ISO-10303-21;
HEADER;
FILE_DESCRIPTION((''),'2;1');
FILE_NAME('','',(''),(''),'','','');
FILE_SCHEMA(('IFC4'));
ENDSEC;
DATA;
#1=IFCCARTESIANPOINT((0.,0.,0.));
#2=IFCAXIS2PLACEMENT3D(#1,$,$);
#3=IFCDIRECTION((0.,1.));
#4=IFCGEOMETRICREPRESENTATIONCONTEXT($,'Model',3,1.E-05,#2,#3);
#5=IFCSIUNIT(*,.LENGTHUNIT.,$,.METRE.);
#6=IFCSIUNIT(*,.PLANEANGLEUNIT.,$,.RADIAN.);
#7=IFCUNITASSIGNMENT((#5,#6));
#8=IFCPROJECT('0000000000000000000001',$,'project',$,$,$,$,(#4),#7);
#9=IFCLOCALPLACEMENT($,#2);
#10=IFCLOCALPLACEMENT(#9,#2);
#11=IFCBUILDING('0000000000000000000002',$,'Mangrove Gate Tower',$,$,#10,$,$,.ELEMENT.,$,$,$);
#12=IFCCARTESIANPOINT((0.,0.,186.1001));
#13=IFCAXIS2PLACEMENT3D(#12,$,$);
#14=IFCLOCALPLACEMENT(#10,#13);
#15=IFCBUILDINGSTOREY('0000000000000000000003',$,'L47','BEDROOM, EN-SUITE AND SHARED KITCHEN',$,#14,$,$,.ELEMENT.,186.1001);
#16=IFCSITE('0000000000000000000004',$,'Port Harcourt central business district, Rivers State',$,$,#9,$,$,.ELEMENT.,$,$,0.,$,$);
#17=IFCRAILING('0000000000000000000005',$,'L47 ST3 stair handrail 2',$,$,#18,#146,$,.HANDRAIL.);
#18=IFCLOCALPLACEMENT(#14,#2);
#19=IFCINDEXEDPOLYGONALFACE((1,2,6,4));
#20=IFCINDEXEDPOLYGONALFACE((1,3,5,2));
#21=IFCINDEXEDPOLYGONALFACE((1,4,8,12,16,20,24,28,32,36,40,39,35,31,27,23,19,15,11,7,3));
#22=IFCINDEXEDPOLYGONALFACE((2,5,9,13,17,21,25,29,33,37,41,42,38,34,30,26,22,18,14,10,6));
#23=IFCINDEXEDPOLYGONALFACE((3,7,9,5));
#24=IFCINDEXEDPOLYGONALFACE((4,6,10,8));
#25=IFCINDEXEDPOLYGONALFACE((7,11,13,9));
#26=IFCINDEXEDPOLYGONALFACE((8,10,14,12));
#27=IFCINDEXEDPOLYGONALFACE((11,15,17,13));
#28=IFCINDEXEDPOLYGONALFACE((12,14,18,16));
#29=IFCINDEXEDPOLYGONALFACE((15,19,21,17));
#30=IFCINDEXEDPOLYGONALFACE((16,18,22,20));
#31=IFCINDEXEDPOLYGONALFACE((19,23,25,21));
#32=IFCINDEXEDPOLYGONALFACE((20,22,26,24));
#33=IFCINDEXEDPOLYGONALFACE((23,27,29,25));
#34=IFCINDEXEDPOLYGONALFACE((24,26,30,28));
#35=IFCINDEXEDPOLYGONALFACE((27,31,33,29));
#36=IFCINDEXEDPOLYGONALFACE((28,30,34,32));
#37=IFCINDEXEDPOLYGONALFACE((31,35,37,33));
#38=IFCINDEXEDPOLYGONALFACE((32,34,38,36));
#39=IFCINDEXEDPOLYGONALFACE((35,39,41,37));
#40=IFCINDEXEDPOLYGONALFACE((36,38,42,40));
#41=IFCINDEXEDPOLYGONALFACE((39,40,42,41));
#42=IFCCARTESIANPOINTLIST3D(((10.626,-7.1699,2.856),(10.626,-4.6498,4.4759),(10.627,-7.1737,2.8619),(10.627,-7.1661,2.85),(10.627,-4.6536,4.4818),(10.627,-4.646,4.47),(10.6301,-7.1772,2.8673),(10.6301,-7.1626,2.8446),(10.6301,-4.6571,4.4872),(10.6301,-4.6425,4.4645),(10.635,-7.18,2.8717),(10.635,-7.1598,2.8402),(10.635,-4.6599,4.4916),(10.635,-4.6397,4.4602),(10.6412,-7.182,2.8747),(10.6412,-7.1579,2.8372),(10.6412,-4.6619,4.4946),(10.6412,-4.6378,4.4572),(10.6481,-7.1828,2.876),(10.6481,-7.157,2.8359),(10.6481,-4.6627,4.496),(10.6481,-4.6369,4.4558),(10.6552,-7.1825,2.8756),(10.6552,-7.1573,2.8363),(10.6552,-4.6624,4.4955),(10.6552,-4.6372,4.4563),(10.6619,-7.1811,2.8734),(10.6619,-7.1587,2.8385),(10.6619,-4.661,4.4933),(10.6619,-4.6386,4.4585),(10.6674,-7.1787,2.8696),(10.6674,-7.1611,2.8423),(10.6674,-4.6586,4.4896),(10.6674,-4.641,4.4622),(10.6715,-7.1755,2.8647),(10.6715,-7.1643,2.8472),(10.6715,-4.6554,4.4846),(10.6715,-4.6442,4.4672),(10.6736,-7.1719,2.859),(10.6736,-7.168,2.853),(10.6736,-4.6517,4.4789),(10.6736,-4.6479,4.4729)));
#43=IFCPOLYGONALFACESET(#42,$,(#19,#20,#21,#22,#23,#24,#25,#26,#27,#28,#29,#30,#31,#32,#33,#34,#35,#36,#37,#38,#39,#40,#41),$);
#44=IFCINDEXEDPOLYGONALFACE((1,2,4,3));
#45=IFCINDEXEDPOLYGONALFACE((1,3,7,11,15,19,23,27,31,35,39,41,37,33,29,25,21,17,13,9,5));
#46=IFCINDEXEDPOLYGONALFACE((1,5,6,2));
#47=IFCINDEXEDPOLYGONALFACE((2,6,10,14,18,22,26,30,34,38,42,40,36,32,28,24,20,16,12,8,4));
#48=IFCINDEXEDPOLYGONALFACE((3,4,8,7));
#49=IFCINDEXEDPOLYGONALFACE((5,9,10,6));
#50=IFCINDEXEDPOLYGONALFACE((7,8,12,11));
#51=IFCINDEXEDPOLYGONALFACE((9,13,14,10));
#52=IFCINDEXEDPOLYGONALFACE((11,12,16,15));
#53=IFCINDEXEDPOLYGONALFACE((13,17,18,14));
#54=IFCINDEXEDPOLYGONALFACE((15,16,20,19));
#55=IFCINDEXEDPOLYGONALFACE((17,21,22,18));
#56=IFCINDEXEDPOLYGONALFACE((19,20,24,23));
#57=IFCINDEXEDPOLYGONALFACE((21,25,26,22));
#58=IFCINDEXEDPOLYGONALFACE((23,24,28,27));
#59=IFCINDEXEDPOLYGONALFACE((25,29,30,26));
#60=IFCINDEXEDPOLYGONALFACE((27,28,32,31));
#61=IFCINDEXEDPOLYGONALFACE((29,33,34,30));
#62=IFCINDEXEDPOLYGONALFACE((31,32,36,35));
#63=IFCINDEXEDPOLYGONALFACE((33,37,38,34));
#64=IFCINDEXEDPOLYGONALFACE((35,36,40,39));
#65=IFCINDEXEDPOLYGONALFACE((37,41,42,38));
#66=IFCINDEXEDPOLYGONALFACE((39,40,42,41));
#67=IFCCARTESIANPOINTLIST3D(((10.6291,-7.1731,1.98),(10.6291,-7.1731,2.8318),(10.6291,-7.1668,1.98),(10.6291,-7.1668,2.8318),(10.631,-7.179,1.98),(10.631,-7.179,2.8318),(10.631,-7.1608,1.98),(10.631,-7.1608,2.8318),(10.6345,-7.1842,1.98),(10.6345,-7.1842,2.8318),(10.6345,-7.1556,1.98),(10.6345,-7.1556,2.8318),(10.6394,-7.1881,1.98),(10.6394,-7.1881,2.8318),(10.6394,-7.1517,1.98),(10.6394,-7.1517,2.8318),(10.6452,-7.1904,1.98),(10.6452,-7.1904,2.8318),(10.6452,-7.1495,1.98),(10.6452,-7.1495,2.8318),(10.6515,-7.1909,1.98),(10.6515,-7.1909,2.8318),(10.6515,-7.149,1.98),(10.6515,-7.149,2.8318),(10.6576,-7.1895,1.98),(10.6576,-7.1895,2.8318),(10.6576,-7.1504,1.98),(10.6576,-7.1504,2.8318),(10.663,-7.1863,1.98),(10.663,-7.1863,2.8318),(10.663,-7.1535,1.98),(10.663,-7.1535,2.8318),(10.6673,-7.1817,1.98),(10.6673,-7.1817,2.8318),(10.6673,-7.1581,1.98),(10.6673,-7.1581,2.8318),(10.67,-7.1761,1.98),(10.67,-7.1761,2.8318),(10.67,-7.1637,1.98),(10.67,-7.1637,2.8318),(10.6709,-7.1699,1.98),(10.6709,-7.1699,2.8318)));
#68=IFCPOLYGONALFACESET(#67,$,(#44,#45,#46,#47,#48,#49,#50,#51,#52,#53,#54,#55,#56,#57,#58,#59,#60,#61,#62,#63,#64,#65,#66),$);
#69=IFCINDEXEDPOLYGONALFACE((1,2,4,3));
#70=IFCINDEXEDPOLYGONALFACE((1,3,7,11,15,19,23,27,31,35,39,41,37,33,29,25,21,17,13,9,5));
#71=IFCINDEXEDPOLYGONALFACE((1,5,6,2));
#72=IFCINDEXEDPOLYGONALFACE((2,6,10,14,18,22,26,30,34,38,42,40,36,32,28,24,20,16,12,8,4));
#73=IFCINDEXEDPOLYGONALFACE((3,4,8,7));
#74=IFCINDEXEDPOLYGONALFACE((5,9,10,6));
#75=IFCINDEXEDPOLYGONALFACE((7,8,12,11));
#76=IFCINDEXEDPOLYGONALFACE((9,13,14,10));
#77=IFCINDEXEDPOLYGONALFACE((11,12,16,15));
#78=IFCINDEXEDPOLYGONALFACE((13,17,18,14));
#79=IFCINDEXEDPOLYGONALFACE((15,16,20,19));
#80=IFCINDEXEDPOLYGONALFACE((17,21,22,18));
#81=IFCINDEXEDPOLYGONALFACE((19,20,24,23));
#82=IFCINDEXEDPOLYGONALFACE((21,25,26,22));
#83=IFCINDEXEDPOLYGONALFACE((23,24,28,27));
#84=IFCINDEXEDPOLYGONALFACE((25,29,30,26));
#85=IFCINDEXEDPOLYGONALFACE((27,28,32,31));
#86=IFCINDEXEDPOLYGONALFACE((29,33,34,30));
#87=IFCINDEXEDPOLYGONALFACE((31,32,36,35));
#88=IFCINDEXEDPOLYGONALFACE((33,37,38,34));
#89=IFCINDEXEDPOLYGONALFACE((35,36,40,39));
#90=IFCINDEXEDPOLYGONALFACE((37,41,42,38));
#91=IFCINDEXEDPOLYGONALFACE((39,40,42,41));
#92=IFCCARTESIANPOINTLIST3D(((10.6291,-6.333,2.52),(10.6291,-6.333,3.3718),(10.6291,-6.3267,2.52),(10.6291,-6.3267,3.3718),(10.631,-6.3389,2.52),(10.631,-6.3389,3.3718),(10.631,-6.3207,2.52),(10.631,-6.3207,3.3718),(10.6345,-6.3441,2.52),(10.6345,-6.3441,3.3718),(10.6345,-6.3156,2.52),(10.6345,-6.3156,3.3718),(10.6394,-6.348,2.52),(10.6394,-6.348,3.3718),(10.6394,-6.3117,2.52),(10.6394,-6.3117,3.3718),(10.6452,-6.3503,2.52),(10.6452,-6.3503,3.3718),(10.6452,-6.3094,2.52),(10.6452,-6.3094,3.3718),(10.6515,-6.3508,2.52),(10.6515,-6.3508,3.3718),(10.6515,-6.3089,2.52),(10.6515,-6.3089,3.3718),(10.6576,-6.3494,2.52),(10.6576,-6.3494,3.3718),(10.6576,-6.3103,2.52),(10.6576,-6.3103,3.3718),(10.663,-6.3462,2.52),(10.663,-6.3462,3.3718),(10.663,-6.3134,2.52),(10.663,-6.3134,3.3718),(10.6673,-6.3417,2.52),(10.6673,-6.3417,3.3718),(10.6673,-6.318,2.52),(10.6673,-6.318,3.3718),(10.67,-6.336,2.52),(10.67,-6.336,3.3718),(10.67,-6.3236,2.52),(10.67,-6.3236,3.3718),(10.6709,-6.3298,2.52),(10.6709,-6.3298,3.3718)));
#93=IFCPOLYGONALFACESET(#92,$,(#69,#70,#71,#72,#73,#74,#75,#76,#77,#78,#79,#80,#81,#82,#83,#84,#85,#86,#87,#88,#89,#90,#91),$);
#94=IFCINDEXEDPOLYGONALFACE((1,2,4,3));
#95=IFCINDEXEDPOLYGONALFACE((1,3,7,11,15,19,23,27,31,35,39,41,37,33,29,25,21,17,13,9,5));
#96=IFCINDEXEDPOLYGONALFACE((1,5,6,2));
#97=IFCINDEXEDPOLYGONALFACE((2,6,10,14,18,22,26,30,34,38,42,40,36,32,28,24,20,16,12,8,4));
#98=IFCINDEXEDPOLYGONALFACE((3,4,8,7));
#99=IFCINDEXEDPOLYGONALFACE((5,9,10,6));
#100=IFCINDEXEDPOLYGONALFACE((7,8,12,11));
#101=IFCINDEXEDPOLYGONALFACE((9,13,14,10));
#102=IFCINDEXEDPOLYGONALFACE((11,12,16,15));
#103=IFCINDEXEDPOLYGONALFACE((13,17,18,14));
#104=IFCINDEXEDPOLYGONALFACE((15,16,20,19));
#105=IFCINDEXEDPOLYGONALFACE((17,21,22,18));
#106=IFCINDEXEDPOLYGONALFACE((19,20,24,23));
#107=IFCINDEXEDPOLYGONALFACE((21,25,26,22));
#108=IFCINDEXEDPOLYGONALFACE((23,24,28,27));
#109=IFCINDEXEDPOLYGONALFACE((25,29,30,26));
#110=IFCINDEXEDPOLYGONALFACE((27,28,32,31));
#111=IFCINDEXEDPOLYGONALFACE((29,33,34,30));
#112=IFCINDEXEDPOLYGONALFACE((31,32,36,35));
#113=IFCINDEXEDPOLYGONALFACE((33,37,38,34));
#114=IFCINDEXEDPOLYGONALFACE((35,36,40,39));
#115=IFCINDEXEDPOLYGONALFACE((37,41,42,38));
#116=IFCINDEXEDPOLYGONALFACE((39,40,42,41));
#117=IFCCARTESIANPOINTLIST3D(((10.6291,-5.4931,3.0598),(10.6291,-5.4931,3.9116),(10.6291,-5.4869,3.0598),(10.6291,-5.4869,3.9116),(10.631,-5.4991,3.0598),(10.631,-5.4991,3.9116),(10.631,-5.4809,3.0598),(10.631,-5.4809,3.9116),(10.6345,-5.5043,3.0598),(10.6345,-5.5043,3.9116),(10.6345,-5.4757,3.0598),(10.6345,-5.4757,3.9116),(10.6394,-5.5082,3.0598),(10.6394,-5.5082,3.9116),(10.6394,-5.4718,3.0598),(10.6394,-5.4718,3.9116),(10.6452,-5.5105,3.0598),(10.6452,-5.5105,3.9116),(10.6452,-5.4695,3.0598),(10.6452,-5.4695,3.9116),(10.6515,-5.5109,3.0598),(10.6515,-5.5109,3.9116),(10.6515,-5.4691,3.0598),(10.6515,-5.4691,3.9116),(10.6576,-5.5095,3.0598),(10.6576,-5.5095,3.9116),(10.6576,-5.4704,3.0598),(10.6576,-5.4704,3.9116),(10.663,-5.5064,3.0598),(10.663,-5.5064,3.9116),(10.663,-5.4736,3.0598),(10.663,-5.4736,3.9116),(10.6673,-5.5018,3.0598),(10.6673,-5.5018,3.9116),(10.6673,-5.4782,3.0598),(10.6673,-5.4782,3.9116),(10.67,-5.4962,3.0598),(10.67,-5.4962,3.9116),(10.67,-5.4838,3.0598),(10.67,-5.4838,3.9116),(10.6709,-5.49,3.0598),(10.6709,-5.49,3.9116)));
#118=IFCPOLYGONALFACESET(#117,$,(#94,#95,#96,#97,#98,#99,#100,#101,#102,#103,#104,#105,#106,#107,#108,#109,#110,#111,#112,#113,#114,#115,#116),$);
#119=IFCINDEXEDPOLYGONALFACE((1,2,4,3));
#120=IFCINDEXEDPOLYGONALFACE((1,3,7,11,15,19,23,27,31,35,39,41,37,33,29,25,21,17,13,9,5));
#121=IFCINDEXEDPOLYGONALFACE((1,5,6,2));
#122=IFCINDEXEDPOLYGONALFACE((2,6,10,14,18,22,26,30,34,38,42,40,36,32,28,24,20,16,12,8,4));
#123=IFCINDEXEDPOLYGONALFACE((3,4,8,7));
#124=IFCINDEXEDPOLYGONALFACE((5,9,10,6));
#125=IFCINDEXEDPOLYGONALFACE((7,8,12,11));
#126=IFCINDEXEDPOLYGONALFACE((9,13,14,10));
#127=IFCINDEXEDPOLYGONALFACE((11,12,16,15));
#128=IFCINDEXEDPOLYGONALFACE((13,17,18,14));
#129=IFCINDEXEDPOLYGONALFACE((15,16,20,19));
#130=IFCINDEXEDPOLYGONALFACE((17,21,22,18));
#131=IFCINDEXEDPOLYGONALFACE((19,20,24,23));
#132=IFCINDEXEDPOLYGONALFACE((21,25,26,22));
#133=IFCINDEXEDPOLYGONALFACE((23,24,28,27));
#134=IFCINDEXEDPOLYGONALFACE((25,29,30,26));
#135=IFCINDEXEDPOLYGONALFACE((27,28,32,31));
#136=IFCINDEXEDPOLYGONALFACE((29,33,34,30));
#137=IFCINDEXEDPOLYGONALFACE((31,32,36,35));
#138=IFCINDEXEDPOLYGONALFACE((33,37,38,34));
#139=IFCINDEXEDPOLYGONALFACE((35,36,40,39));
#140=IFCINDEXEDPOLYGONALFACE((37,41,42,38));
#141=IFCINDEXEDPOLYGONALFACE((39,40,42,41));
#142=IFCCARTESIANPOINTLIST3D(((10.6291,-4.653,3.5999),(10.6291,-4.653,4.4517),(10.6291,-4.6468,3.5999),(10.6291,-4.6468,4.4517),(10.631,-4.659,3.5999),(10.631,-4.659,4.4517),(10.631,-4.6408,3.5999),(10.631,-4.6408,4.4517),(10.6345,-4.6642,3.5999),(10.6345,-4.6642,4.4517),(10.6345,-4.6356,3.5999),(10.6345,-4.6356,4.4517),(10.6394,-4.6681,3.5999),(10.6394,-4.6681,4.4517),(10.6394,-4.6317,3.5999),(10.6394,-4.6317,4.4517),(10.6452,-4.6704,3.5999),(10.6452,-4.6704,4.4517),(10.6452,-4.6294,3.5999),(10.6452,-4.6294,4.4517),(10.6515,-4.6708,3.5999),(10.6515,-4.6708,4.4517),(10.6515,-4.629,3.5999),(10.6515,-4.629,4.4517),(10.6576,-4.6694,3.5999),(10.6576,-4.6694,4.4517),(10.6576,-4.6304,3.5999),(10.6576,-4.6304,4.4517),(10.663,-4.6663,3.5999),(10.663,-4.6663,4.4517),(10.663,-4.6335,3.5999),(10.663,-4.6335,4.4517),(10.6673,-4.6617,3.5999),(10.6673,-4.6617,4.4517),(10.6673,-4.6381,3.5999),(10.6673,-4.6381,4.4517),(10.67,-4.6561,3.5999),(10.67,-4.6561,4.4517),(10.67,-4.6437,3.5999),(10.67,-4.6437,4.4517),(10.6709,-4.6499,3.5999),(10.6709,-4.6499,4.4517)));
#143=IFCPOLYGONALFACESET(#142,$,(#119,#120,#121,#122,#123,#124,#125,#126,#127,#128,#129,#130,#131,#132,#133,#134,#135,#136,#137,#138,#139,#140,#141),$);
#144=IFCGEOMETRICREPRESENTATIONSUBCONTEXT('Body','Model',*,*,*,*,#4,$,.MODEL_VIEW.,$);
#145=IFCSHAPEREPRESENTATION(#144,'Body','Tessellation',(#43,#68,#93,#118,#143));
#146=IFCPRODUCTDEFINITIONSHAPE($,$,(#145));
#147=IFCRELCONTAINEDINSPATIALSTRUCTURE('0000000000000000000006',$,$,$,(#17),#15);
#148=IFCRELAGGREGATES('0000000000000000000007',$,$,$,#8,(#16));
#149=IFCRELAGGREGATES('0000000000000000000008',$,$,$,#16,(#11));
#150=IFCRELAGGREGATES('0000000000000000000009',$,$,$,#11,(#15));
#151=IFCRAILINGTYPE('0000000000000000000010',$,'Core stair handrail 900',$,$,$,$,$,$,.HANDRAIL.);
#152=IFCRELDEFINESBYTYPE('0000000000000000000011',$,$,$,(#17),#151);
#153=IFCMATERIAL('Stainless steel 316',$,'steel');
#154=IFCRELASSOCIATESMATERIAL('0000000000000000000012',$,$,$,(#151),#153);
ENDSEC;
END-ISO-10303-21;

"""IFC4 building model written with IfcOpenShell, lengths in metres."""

from ifc_helpers import new_model, si_unit, direction, frame, origin, origin_2d, place, context, subcontext, project, spatial, circle, extrude, material, type_object, element, save


model = new_model("IFC4")

# Units and contexts
model_context = context("Model", 3, precision=1e-05, world=origin(), true_north=direction((0.0, 1.0)))
body_context = subcontext(model_context, "Body", "Model", "MODEL_VIEW")
ifc_project = project(units=[si_unit("LENGTHUNIT", "METRE"), si_unit("PLANEANGLEUNIT", "RADIAN")], contexts=[model_context])

# Site, building, storey
site_placement = place(None, origin())
site = spatial("IfcSite", under=ifc_project, at=site_placement, Name="Port Harcourt central business district, Rivers State", CompositionType="ELEMENT", RefElevation=0.0)
building_placement = place(site_placement, origin())
building = spatial("IfcBuilding", under=site, at=building_placement, Name="Mangrove Gate Tower", CompositionType="ELEMENT")
storey_placement = place(building_placement, frame((0.0, 0.0, 186.1001)))
storey = spatial("IfcBuildingStorey", under=building, at=storey_placement, Name="L47", Description="BEDROOM, EN-SUITE AND SHARED KITCHEN", CompositionType="ELEMENT", Elevation=186.1001)

# Railing
ifc_material_1 = material(Name="Stainless steel 316", Category="steel")
railing_type_1 = type_object("IfcRailingType", Name="Core stair handrail 900", PredefinedType="HANDRAIL", material=ifc_material_1)
railing_1_placement = place(storey_placement, frame((10.6499, -7.1699, 1.98)))
element("IfcRailing", 1, at=railing_1_placement, inside=storey, type_object=railing_type_1, Name="L47 ST3 stair handrail 2", PredefinedType="HANDRAIL", context=body_context, shape_type="SweptSolid", body=[
    extrude(circle(Radius=0.0239, at=origin_2d()), frame((0.0, 0.0, 0.876), z_axis=(0.0, 0.8412, 0.540725), x_axis=(-1.0, 0.0, 0.0)), (0.0, 0.0, 1.0), 2.9958),
    extrude(circle(Radius=0.021, at=origin_2d()), origin(), (0.0, 0.0, 1.0), 0.8518),
    extrude(circle(Radius=0.021, at=origin_2d()), frame((0.0, 0.8401, 0.54)), (0.0, 0.0, 1.0), 0.8518),
    extrude(circle(Radius=0.021, at=origin_2d()), frame((0.0, 1.6799, 1.0798)), (0.0, 0.0, 1.0), 0.8518),
    extrude(circle(Radius=0.021, at=origin_2d()), frame((0.0, 2.52, 1.6199)), (0.0, 0.0, 1.0), 0.8518),
])

save(model, "model.ifc")
